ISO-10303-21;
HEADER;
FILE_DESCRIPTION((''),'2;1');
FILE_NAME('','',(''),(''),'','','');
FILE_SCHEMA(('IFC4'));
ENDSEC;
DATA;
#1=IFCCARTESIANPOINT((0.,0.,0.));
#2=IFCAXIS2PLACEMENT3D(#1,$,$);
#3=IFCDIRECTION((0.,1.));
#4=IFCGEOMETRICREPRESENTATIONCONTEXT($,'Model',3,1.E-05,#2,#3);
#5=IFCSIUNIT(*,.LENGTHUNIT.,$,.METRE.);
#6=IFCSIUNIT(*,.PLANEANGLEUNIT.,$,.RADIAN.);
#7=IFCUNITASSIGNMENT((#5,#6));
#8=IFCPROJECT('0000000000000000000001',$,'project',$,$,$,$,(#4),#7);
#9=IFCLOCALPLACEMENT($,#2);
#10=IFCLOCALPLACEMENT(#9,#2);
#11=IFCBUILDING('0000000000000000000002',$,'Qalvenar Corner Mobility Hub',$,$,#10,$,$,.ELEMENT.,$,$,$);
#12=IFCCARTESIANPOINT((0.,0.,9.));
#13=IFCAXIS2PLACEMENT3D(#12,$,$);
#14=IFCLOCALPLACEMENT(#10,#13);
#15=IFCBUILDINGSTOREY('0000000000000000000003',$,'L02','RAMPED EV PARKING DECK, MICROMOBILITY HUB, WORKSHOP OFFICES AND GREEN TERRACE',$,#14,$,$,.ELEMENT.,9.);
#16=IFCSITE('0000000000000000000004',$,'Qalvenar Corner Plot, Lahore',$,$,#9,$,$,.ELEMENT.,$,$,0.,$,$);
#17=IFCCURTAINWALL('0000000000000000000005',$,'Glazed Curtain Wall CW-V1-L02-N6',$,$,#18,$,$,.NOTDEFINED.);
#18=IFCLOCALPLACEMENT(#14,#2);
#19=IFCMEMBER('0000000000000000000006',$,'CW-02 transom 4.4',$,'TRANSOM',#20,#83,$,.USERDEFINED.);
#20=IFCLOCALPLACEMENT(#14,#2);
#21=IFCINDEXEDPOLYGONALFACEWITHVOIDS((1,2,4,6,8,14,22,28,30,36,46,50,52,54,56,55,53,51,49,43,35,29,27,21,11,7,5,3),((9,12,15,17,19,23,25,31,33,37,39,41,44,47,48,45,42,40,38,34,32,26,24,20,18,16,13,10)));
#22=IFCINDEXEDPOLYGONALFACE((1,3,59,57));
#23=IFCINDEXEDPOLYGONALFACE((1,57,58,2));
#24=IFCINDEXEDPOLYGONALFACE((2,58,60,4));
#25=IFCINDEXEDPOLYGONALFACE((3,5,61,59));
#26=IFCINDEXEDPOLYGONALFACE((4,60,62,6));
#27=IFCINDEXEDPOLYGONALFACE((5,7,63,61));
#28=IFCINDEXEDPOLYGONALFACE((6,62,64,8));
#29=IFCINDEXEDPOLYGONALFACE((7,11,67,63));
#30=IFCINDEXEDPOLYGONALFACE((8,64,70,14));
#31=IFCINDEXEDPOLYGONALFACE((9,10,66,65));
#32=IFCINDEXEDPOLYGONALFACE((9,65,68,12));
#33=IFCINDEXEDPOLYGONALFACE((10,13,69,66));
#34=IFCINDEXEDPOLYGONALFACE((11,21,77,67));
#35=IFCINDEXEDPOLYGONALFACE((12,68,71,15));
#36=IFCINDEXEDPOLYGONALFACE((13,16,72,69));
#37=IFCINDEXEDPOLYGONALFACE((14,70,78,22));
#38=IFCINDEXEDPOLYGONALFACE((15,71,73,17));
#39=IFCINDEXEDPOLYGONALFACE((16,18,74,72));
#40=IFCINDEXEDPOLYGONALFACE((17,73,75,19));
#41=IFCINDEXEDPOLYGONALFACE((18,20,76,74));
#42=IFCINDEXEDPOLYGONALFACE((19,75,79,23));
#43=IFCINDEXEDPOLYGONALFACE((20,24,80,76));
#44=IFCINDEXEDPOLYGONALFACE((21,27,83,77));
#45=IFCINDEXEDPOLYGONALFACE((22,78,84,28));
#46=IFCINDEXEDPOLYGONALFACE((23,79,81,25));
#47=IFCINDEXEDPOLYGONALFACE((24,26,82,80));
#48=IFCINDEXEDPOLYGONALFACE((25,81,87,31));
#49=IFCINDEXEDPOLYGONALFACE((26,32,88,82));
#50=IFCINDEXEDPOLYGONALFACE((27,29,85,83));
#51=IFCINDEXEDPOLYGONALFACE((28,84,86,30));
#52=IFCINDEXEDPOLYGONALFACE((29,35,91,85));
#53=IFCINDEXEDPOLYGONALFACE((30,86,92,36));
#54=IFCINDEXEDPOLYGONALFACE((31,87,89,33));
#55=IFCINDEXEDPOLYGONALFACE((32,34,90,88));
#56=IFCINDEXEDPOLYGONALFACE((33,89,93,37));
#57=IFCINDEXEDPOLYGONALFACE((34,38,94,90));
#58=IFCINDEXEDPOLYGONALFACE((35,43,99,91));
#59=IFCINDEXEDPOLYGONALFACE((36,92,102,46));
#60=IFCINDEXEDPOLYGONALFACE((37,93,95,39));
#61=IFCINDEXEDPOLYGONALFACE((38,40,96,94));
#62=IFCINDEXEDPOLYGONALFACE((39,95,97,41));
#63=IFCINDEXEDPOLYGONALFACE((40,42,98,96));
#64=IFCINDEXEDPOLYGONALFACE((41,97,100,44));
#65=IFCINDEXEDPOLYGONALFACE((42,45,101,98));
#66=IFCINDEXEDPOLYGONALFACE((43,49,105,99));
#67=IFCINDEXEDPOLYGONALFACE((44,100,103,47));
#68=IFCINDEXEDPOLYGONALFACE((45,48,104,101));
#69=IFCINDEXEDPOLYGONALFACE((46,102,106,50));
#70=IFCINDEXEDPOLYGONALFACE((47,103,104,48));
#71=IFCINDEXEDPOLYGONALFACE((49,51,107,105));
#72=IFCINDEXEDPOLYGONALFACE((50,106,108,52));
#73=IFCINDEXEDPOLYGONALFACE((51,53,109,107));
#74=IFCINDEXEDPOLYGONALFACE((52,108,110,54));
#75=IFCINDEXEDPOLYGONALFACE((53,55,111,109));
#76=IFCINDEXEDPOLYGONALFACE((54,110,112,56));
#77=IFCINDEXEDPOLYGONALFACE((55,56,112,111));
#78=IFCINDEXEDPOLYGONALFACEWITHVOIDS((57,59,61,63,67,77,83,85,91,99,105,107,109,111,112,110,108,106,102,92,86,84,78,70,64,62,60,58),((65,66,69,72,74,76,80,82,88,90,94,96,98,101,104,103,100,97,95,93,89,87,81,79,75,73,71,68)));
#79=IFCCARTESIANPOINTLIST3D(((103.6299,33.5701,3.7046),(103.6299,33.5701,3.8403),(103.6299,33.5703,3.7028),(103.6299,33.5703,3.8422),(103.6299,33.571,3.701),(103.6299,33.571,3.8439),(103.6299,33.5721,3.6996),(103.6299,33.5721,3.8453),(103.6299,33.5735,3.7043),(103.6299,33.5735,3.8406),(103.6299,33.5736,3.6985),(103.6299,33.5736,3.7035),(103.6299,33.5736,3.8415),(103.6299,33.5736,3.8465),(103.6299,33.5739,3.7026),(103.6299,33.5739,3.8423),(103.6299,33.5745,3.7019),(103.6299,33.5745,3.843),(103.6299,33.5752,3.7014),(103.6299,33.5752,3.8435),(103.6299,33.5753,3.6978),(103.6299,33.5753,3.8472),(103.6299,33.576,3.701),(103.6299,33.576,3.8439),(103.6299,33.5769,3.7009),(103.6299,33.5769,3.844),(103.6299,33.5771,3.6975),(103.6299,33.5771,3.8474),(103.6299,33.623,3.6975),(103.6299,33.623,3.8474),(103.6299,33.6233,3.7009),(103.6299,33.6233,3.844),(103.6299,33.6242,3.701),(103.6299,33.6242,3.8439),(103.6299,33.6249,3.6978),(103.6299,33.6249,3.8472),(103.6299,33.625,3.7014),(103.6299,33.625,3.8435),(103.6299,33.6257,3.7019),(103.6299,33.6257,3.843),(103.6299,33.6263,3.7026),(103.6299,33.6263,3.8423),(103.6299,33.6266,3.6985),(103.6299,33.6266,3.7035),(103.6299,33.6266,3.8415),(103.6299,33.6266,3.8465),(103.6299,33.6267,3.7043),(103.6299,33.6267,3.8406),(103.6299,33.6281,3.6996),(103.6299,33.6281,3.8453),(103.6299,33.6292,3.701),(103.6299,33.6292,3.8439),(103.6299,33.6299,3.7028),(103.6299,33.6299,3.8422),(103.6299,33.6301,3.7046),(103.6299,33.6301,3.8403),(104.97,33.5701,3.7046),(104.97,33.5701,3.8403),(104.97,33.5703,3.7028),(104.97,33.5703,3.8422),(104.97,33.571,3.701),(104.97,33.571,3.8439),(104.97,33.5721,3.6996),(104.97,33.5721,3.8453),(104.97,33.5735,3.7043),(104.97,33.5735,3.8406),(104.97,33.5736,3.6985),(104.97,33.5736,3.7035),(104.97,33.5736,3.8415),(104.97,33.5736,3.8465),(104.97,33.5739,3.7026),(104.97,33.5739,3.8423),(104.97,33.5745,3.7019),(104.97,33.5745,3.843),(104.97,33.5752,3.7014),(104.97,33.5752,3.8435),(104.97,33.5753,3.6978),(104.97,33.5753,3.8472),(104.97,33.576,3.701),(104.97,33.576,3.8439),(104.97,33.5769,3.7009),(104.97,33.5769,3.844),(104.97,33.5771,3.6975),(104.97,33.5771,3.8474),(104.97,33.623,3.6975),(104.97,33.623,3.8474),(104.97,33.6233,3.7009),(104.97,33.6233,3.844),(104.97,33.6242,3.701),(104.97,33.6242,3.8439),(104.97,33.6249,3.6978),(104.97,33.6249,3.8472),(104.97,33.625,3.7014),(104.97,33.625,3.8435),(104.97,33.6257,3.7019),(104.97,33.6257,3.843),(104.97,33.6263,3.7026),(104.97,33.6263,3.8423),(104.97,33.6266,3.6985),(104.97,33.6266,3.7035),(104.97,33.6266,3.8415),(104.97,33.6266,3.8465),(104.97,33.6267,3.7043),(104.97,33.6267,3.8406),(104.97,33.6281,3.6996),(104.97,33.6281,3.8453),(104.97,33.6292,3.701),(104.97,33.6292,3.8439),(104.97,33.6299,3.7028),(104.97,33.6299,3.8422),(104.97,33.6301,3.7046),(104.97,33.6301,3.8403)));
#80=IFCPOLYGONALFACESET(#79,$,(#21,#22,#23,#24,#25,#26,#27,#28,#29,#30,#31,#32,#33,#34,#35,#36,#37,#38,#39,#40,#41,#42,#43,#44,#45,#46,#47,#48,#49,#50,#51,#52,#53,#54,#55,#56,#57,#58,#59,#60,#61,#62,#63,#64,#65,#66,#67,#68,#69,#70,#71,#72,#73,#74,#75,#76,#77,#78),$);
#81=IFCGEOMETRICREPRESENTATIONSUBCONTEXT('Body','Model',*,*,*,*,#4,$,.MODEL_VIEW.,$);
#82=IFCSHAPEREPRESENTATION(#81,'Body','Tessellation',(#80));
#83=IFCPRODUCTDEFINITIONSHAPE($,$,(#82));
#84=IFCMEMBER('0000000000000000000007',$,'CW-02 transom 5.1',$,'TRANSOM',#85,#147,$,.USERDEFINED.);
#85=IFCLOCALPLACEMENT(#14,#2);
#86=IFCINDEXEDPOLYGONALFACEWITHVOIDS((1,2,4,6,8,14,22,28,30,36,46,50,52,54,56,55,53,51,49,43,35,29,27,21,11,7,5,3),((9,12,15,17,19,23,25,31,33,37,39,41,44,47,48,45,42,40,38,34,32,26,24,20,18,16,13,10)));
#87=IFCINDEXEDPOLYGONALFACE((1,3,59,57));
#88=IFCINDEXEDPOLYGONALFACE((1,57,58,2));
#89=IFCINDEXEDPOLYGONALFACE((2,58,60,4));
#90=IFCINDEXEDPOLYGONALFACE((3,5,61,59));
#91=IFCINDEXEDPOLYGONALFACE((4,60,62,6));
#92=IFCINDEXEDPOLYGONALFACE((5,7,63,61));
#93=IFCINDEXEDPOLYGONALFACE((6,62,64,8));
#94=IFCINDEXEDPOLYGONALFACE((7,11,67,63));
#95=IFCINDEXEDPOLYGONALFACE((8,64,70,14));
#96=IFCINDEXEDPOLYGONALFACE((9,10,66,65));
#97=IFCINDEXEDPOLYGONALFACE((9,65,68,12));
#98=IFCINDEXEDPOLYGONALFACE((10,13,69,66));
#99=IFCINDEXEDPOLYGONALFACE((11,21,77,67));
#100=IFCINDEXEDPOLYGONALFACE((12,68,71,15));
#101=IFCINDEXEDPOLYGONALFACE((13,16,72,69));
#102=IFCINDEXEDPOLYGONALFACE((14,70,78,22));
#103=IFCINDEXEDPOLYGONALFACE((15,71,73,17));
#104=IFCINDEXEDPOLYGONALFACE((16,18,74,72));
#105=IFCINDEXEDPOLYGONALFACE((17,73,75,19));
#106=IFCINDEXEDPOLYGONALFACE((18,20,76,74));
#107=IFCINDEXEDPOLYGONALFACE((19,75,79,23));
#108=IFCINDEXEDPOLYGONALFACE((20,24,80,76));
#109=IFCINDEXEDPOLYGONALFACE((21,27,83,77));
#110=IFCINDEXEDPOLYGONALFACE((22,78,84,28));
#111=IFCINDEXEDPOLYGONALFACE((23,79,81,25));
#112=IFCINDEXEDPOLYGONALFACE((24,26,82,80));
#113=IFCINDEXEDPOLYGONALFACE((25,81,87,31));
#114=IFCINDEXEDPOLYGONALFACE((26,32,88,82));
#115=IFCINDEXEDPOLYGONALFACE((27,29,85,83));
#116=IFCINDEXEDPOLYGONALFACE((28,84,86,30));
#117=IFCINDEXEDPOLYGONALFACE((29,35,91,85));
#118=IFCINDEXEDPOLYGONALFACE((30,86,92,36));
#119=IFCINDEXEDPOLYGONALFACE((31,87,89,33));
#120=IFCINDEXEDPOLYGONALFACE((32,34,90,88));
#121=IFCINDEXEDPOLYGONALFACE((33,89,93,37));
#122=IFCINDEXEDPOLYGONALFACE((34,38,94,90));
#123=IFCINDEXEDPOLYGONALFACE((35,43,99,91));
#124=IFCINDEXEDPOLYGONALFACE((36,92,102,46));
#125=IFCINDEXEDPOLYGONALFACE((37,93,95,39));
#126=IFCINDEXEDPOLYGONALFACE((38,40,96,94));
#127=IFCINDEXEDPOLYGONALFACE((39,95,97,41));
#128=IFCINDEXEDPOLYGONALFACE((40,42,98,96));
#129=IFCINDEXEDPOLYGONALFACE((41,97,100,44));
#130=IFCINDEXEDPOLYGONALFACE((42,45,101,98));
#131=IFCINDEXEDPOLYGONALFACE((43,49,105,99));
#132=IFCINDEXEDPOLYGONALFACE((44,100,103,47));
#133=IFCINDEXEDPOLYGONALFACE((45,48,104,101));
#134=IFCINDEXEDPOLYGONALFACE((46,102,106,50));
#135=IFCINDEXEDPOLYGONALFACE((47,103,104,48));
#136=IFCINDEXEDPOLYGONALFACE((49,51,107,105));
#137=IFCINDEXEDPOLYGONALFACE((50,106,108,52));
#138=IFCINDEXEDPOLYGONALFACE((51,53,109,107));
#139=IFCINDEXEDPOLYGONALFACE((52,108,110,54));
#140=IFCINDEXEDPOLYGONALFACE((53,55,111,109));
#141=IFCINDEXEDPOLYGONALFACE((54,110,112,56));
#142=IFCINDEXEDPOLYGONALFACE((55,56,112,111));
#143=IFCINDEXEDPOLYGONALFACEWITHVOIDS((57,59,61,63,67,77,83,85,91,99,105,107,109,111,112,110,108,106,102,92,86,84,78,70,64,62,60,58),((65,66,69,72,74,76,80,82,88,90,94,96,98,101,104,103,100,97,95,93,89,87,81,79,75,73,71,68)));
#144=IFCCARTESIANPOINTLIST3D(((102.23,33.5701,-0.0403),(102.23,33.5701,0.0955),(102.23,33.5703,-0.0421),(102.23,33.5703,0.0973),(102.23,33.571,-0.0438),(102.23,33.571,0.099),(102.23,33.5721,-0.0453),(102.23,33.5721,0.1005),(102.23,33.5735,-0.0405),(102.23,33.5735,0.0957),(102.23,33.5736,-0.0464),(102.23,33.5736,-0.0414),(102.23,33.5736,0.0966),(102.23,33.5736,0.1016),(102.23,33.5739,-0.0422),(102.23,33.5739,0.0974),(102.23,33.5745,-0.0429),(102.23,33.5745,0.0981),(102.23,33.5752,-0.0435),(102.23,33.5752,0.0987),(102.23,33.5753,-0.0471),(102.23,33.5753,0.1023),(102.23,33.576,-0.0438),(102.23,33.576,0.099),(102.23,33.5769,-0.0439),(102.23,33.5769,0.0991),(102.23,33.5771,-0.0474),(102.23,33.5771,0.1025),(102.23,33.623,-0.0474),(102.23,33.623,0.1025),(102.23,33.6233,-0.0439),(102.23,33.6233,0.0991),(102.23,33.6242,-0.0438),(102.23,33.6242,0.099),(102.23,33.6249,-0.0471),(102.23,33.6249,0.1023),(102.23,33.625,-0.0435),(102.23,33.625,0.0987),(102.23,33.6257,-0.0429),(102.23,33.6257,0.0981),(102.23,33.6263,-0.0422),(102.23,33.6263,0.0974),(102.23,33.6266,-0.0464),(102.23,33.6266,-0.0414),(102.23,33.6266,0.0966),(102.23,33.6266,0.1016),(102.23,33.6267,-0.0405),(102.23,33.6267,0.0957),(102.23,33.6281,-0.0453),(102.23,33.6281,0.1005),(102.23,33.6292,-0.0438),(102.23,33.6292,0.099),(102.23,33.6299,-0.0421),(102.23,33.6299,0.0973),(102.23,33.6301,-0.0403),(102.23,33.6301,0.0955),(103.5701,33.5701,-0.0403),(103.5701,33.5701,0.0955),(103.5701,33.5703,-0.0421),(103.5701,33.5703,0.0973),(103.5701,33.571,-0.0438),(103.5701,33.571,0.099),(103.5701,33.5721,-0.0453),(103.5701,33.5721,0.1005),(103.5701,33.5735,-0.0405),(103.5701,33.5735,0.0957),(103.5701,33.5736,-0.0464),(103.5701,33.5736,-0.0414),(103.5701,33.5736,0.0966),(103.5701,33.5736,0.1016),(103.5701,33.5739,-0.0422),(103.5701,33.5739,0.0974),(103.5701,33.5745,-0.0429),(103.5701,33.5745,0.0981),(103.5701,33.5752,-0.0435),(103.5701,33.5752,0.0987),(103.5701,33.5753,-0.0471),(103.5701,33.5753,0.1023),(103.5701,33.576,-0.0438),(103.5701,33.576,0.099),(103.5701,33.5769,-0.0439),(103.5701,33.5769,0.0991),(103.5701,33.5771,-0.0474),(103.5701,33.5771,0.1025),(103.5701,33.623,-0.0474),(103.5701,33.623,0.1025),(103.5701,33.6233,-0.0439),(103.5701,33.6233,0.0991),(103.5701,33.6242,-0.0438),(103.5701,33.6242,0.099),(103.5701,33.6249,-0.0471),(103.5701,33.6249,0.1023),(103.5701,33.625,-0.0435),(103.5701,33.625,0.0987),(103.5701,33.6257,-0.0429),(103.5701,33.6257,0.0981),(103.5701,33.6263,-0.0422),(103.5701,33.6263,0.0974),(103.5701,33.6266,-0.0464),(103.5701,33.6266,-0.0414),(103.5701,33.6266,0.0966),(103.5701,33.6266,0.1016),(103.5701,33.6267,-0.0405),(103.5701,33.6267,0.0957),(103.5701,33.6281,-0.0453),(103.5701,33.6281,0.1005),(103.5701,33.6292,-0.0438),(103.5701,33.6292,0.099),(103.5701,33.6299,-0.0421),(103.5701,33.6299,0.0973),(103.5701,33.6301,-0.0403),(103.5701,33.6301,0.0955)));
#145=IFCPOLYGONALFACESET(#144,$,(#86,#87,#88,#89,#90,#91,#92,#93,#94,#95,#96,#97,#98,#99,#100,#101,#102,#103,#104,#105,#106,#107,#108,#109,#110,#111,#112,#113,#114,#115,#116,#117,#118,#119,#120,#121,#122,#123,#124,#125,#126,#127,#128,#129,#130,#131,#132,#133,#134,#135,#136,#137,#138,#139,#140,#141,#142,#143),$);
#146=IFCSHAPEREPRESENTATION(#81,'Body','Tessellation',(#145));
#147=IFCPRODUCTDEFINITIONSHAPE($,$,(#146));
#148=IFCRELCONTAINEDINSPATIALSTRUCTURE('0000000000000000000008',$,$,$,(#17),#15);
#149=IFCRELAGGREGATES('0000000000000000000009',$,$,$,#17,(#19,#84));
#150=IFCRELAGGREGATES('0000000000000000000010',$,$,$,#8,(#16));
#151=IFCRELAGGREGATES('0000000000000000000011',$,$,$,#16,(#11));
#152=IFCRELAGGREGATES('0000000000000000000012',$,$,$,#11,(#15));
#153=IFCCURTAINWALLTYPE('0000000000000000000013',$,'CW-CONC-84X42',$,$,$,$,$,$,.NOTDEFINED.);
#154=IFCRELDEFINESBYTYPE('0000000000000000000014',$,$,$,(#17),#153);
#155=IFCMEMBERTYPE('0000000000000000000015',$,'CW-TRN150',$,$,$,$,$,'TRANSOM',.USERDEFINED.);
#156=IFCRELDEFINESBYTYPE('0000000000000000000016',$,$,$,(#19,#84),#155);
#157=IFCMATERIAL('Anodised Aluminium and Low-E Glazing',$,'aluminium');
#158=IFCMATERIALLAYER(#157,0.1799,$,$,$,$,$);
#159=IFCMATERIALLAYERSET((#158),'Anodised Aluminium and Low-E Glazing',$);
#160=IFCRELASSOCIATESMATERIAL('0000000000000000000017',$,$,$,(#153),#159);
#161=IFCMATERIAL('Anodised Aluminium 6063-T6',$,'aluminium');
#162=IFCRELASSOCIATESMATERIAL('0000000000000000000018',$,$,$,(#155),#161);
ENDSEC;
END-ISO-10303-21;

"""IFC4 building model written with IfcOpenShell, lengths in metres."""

from ifc_helpers import new_model, si_unit, direction, frame, origin, origin_2d, place, context, subcontext, project, spatial, hollow_rectangle, extrude, material, layer, layer_set, material_profile, profile_set, type_object, element, aggregate, save


model = new_model("IFC4")

# Units and contexts
model_context = context("Model", 3, precision=1e-05, world=origin(), true_north=direction((0.0, 1.0)))
body_context = subcontext(model_context, "Body", "Model", "MODEL_VIEW")
ifc_project = project(units=[si_unit("LENGTHUNIT", "METRE"), si_unit("PLANEANGLEUNIT", "RADIAN")], contexts=[model_context])

# Site, building, storey
site_placement = place(None, origin())
site = spatial("IfcSite", under=ifc_project, at=site_placement, Name="Qalvenar Corner Plot, Lahore", CompositionType="ELEMENT", RefElevation=0.0)
building_placement = place(site_placement, origin())
building = spatial("IfcBuilding", under=site, at=building_placement, Name="Qalvenar Corner Mobility Hub", CompositionType="ELEMENT")
storey_placement = place(building_placement, frame((0.0, 0.0, 9.0)))
storey = spatial("IfcBuildingStorey", under=building, at=storey_placement, Name="L02", Description="RAMPED EV PARKING DECK, MICROMOBILITY HUB, WORKSHOP OFFICES AND GREEN TERRACE", CompositionType="ELEMENT", Elevation=9.0)

# Curtain wall, members
ifc_material_1 = material(Name="Anodised Aluminium and Low-E Glazing", Category="aluminium")
ifc_layer_1 = layer(ifc_material_1, 0.1799)
ifc_layer_set_1 = layer_set([ifc_layer_1], Name="Anodised Aluminium and Low-E Glazing")
curtain_wall_type = type_object("IfcCurtainWallType", Name="CW-CONC-84X42", PredefinedType="NOTDEFINED", material=ifc_layer_set_1)
curtain_wall_placement = place(storey_placement, origin())
curtain_wall = element("IfcCurtainWall", 1, at=curtain_wall_placement, inside=storey, type_object=curtain_wall_type, Name="Glazed Curtain Wall CW-V1-L02-N6", PredefinedType="NOTDEFINED")
ifc_material_2 = material(Name="Anodised Aluminium 6063-T6", Category="aluminium")
ifc_material_profile_1 = material_profile(ifc_material_2, hollow_rectangle(XDim=0.0601, YDim=0.1499, WallThickness=0.0034, InnerFilletRadius=0.0034, OuterFilletRadius=0.0071, at=origin_2d()), Name="RHS150x60x3.5")
ifc_profile_set_1 = profile_set([ifc_material_profile_1], Name="Anodised Aluminium 6063-T6")
member_type_1 = type_object("IfcMemberType", Name="CW-TRN150", ElementType="TRANSOM", PredefinedType="USERDEFINED", material=ifc_profile_set_1)
member_1_placement = place(storey_placement, frame((104.97, 33.6001, 3.7725), z_axis=(-1.0, 0.0, 0.0), x_axis=(0.0, -1.0, 0.0)))
member_1 = element("IfcMember", 2, at=member_1_placement, type_object=member_type_1, Name="CW-02 transom 4.4", ObjectType="TRANSOM", PredefinedType="USERDEFINED", context=body_context, shape_type="SweptSolid", body=[
    extrude(hollow_rectangle(XDim=0.0601, YDim=0.1499, WallThickness=0.0034, InnerFilletRadius=0.0034, OuterFilletRadius=0.0071, at=origin_2d()), origin(), (0.0, 0.0, 1.0), 1.3401),
])
member_2_placement = place(storey_placement, frame((103.5701, 33.6001, 0.0276), z_axis=(-1.0, 0.0, 0.0), x_axis=(0.0, -1.0, 0.0)))
member_2 = element("IfcMember", 3, at=member_2_placement, type_object=member_type_1, Name="CW-02 transom 5.1", ObjectType="TRANSOM", PredefinedType="USERDEFINED", context=body_context, shape_type="SweptSolid", body=[
    extrude(hollow_rectangle(XDim=0.0601, YDim=0.1499, WallThickness=0.0034, InnerFilletRadius=0.0034, OuterFilletRadius=0.0071, at=origin_2d()), origin(), (0.0, 0.0, 1.0), 1.3401),
])

aggregate(curtain_wall, [member_1, member_2])

save(model, "model.ifc")
